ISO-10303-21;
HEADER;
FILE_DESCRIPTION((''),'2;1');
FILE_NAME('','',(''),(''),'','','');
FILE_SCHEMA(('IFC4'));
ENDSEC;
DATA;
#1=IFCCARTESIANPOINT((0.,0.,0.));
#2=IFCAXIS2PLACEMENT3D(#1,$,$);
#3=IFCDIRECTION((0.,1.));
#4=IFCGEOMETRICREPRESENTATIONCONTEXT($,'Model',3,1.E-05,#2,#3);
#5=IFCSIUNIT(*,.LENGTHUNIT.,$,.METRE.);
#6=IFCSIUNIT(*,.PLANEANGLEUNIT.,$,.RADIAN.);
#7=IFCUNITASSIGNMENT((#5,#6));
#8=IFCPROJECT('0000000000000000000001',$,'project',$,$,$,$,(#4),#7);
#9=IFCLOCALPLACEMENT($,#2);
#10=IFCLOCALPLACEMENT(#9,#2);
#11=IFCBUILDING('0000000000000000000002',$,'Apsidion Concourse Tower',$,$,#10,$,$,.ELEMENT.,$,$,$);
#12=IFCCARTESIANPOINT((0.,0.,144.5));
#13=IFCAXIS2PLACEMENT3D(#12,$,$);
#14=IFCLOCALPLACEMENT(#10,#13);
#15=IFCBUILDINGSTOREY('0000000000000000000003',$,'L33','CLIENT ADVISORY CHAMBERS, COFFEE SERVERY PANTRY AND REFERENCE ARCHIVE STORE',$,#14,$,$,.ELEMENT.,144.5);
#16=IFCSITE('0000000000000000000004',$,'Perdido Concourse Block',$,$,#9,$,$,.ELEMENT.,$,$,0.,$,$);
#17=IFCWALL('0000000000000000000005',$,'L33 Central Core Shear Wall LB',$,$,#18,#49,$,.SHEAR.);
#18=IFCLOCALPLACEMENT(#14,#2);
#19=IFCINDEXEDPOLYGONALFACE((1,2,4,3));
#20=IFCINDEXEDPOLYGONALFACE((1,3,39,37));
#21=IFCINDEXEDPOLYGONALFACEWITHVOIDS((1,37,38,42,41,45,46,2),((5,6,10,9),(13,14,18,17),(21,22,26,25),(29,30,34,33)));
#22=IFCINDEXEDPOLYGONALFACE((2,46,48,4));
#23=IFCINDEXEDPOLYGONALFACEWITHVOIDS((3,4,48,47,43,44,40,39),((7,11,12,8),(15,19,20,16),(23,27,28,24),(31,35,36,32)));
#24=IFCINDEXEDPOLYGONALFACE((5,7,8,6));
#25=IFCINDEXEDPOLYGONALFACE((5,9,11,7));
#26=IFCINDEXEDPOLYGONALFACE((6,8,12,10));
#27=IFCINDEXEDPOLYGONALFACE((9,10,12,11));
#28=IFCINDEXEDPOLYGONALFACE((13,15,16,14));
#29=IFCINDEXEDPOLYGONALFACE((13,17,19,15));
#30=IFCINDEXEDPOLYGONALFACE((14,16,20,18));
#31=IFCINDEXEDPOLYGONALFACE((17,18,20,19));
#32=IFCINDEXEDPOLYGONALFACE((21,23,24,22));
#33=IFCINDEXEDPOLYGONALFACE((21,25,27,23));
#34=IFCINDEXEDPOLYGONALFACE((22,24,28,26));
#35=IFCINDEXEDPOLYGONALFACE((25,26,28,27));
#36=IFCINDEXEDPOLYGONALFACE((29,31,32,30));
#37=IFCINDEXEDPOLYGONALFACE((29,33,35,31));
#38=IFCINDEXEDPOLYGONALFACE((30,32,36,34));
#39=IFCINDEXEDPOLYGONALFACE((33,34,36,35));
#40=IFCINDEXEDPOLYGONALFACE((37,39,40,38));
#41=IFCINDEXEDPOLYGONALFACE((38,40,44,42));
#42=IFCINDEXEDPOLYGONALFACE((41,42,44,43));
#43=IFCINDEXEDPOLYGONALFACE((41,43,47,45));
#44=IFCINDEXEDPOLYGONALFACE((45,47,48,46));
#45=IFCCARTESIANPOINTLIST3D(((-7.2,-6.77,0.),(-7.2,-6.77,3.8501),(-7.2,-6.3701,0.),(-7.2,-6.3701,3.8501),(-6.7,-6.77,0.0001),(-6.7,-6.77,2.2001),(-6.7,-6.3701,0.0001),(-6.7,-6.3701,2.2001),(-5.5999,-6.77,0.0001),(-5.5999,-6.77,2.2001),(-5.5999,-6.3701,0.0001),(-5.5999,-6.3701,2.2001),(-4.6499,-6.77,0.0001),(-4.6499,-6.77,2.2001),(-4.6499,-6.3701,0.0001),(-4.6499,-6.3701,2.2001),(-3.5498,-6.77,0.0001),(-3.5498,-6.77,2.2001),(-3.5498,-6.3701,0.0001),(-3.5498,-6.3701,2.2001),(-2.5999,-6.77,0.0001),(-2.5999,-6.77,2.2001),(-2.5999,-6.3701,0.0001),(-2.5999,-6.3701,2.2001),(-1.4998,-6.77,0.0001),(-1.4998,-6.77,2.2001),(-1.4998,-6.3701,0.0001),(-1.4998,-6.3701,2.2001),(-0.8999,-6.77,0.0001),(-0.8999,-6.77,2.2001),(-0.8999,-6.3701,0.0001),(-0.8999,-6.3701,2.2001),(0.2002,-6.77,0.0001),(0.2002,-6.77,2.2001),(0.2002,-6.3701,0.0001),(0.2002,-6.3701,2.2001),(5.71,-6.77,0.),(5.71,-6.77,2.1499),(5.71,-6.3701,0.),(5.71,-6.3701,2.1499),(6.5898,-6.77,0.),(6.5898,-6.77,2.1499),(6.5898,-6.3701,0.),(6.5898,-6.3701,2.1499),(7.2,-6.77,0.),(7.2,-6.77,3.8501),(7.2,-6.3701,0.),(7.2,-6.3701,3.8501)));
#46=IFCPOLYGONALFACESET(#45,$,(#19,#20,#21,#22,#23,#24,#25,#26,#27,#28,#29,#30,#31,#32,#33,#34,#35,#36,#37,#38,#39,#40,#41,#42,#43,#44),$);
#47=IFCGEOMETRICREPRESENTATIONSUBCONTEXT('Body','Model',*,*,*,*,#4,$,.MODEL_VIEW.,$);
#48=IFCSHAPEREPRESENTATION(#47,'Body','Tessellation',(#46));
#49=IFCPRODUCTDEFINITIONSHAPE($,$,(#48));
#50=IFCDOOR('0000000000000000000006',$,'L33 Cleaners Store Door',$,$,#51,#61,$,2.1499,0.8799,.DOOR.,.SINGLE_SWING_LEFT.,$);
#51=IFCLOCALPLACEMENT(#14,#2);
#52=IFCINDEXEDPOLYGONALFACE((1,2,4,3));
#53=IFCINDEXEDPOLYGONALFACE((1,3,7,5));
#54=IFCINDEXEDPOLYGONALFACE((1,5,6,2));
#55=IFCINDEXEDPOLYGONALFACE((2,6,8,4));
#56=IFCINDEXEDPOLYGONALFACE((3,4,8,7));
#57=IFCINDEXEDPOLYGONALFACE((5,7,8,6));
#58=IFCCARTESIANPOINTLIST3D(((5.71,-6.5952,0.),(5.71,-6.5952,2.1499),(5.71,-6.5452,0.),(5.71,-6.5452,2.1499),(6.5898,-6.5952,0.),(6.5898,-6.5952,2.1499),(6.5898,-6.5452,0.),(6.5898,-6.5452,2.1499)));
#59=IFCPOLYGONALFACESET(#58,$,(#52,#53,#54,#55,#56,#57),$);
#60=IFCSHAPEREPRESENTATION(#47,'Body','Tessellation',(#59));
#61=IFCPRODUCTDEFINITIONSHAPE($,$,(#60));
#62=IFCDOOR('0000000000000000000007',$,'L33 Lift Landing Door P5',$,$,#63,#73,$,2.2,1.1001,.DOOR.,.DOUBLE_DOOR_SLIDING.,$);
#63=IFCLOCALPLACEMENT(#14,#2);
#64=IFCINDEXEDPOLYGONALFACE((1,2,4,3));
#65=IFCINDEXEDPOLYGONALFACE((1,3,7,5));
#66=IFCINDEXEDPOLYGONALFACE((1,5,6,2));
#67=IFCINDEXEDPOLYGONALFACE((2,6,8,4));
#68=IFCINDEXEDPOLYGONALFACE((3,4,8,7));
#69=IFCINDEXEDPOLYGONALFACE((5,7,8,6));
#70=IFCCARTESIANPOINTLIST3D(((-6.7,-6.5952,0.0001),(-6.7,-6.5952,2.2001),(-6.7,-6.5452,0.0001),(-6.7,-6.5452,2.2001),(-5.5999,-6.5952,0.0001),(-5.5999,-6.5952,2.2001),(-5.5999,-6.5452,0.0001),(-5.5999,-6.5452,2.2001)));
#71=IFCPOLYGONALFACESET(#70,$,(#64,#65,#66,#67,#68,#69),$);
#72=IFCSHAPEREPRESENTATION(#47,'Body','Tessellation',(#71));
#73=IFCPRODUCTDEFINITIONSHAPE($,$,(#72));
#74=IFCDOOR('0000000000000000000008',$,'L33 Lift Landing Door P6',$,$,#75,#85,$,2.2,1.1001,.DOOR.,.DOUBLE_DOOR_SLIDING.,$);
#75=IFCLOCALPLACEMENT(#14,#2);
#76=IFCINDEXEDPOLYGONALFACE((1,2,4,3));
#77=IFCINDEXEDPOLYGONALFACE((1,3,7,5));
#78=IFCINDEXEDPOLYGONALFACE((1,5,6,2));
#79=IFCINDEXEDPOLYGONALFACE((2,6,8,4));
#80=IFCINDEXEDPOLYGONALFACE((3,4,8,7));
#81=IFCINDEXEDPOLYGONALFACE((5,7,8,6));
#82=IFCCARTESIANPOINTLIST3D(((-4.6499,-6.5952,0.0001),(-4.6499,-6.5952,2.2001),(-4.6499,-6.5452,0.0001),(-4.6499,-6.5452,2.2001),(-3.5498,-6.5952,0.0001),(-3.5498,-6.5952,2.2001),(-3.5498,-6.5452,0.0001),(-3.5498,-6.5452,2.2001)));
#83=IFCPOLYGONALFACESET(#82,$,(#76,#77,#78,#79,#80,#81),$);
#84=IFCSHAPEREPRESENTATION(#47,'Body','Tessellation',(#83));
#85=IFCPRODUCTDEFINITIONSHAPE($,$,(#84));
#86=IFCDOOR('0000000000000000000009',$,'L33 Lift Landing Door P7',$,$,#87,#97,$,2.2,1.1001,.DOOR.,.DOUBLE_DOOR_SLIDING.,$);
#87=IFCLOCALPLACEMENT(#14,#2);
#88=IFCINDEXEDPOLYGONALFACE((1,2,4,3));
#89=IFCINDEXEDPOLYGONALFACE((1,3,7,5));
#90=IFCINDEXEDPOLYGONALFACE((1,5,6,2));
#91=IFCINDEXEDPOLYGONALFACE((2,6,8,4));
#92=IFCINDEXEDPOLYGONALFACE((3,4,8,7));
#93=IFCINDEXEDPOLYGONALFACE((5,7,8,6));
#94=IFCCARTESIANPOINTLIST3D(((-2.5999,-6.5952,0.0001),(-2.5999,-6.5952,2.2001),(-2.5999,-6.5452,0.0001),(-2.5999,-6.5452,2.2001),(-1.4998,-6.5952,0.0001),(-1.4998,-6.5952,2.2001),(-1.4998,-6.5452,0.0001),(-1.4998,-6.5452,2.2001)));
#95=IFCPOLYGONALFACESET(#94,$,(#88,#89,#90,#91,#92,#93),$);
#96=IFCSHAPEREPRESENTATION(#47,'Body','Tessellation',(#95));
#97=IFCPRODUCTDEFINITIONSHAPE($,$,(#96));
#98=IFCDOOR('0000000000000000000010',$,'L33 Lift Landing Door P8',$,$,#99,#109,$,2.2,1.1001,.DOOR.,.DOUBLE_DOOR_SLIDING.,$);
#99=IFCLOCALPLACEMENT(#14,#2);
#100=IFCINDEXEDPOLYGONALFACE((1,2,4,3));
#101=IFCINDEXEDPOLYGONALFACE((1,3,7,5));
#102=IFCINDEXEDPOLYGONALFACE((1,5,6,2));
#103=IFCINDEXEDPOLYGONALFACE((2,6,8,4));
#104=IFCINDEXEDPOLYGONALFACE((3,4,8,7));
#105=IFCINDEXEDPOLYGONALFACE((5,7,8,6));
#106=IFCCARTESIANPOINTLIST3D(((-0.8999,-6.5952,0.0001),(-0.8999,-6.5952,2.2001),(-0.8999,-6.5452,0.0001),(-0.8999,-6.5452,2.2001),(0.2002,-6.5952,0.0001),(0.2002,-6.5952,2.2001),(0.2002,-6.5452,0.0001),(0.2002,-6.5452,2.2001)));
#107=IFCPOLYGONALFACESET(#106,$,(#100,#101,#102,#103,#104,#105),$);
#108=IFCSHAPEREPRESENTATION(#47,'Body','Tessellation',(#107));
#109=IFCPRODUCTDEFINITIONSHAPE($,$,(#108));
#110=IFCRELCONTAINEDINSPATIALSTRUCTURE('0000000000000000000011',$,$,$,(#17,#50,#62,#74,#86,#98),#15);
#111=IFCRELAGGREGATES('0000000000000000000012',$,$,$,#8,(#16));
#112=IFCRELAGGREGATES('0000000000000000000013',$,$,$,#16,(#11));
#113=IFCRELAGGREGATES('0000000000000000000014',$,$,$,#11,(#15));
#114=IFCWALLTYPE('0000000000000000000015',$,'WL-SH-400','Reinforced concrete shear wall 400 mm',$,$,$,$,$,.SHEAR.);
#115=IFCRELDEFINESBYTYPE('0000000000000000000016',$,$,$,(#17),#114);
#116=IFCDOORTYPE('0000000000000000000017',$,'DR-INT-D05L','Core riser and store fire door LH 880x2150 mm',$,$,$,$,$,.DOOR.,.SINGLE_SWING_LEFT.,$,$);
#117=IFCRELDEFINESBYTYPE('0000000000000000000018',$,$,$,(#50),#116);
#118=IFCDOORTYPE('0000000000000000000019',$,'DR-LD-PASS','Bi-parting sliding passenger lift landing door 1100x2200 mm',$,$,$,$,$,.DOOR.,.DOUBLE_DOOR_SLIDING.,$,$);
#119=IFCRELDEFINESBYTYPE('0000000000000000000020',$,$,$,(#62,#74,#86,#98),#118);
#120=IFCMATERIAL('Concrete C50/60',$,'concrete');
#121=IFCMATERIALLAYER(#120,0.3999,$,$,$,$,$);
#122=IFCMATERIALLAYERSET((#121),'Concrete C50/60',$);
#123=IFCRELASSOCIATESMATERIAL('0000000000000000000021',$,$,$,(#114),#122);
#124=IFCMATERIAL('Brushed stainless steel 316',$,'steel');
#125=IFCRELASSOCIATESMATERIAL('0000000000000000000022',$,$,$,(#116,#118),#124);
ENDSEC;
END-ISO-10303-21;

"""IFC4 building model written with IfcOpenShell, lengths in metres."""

from ifc_helpers import new_model, si_unit, direction, frame, frame_2d, origin, place, context, subcontext, project, spatial, rectangle, extrude, material, layer, layer_set, type_object, element, fill, save


model = new_model("IFC4")

# Units and contexts
model_context = context("Model", 3, precision=1e-05, world=origin(), true_north=direction((0.0, 1.0)))
body_context = subcontext(model_context, "Body", "Model", "MODEL_VIEW")
ifc_project = project(units=[si_unit("LENGTHUNIT", "METRE"), si_unit("PLANEANGLEUNIT", "RADIAN")], contexts=[model_context])

# Site, building, storey
site_placement = place(None, origin())
site = spatial("IfcSite", under=ifc_project, at=site_placement, Name="Perdido Concourse Block", CompositionType="ELEMENT", RefElevation=0.0)
building_placement = place(site_placement, origin())
building = spatial("IfcBuilding", under=site, at=building_placement, Name="Apsidion Concourse Tower", CompositionType="ELEMENT")
storey_placement = place(building_placement, frame((0.0, 0.0, 144.5)))
storey = spatial("IfcBuildingStorey", under=building, at=storey_placement, Name="L33", Description="CLIENT ADVISORY CHAMBERS, COFFEE SERVERY PANTRY AND REFERENCE ARCHIVE STORE", CompositionType="ELEMENT", Elevation=144.5)

# Shared definitions
ifc_material_1 = material(Name="Concrete C50/60", Category="concrete")

# Shared definitions
ifc_material_2 = material(Name="Brushed stainless steel 316", Category="steel")

# Shared definitions
ifc_layer_1 = layer(ifc_material_1, 0.3999)
ifc_layer_set_1 = layer_set([ifc_layer_1], Name="Concrete C50/60")
wall_type_1 = type_object("IfcWallType", Name="WL-SH-400", Description="Reinforced concrete shear wall 400 mm", PredefinedType="SHEAR", material=ifc_layer_set_1)

# Wall, openings, doors
wall_1_placement = place(storey_placement, frame((-7.2, -6.5701, 0.0), z_axis=(0.0, 0.0, 1.0), x_axis=(1.0, 0.0, 0.0)))
wall_1 = element("IfcWall", 1, at=wall_1_placement, inside=storey, type_object=wall_type_1, Name="L33 Central Core Shear Wall LB", PredefinedType="SHEAR", context=body_context, shape_type="SweptSolid", body=[
    extrude(rectangle(XDim=14.3999, YDim=0.3999, at=frame_2d((7.2, 0.0))), origin(), (0.0, 0.0, 1.0), 3.8501),
])
opening_1_placement = place(wall_1_placement, frame((0.5, 0.0, 0.0)))
opening_1 = element("IfcOpeningElement", 2, at=opening_1_placement, cuts=wall_1, PredefinedType="OPENING", context=body_context, shape_type="SweptSolid", body=[
    extrude(rectangle(XDim=1.1001, YDim=2.2, at=frame_2d((0.55, 1.1001))), frame((0.0, 0.21, 0.0), z_axis=(0.0, -1.0, 0.0), x_axis=(1.0, 0.0, 0.0)), (0.0, 0.0, 1.0), 0.4199),
])
opening_2_placement = place(wall_1_placement, frame((2.55, 0.0, 0.0)))
opening_2 = element("IfcOpeningElement", 3, at=opening_2_placement, cuts=wall_1, PredefinedType="OPENING", context=body_context, shape_type="SweptSolid", body=[
    extrude(rectangle(XDim=1.1001, YDim=2.2, at=frame_2d((0.55, 1.1001))), frame((0.0, 0.21, 0.0), z_axis=(0.0, -1.0, 0.0), x_axis=(1.0, 0.0, 0.0)), (0.0, 0.0, 1.0), 0.4199),
])
opening_3_placement = place(wall_1_placement, frame((4.6001, 0.0, 0.0)))
opening_3 = element("IfcOpeningElement", 4, at=opening_3_placement, cuts=wall_1, PredefinedType="OPENING", context=body_context, shape_type="SweptSolid", body=[
    extrude(rectangle(XDim=1.1001, YDim=2.2, at=frame_2d((0.55, 1.1001))), frame((0.0, 0.21, 0.0), z_axis=(0.0, -1.0, 0.0), x_axis=(1.0, 0.0, 0.0)), (0.0, 0.0, 1.0), 0.4199),
])
opening_4_placement = place(wall_1_placement, frame((6.3, 0.0, 0.0)))
opening_4 = element("IfcOpeningElement", 5, at=opening_4_placement, cuts=wall_1, PredefinedType="OPENING", context=body_context, shape_type="SweptSolid", body=[
    extrude(rectangle(XDim=1.1001, YDim=2.2, at=frame_2d((0.55, 1.1001))), frame((0.0, 0.21, 0.0), z_axis=(0.0, -1.0, 0.0), x_axis=(1.0, 0.0, 0.0)), (0.0, 0.0, 1.0), 0.4199),
])
opening_5_placement = place(wall_1_placement, frame((12.9099, 0.0, 0.0)))
opening_5 = element("IfcOpeningElement", 6, at=opening_5_placement, cuts=wall_1, PredefinedType="OPENING", context=body_context, shape_type="SweptSolid", body=[
    extrude(rectangle(XDim=0.8799, YDim=2.1499, at=frame_2d((0.4399, 1.075))), frame((0.0, 0.21, 0.0), z_axis=(0.0, -1.0, 0.0), x_axis=(1.0, 0.0, 0.0)), (0.0, 0.0, 1.0), 0.4199),
])
door_type_1 = type_object("IfcDoorType", Name="DR-INT-D05L", Description="Core riser and store fire door LH 880x2150 mm", OperationType="SINGLE_SWING_LEFT", PredefinedType="DOOR", material=ifc_material_2)
door_1_placement = place(opening_5_placement, origin())
door_1 = element("IfcDoor", 7, at=door_1_placement, inside=storey, type_object=door_type_1, Name="L33 Cleaners Store Door", OperationType="SINGLE_SWING_LEFT", OverallHeight=2.1499, OverallWidth=0.8799, PredefinedType="DOOR", context=body_context, shape_type="SweptSolid", body=[
    extrude(rectangle(XDim=0.8799, YDim=2.1499, at=frame_2d((0.4399, 1.075))), frame((0.0, 0.0249, 0.0), z_axis=(0.0, -1.0, 0.0), x_axis=(1.0, 0.0, 0.0)), (0.0, 0.0, 1.0), 0.05),
])
fill(opening_5, door_1)
door_type_2 = type_object("IfcDoorType", Name="DR-LD-PASS", Description="Bi-parting sliding passenger lift landing door 1100x2200 mm", OperationType="DOUBLE_DOOR_SLIDING", PredefinedType="DOOR", material=ifc_material_2)
door_2_placement = place(opening_1_placement, origin())
door_2 = element("IfcDoor", 8, at=door_2_placement, inside=storey, type_object=door_type_2, Name="L33 Lift Landing Door P5", OperationType="DOUBLE_DOOR_SLIDING", OverallHeight=2.2, OverallWidth=1.1001, PredefinedType="DOOR", context=body_context, shape_type="SweptSolid", body=[
    extrude(rectangle(XDim=1.1001, YDim=2.2, at=frame_2d((0.55, 1.1001))), frame((0.0, 0.0249, 0.0), z_axis=(0.0, -1.0, 0.0), x_axis=(1.0, 0.0, 0.0)), (0.0, 0.0, 1.0), 0.05),
])
fill(opening_1, door_2)
door_3_placement = place(opening_2_placement, origin())
door_3 = element("IfcDoor", 9, at=door_3_placement, inside=storey, type_object=door_type_2, Name="L33 Lift Landing Door P6", OperationType="DOUBLE_DOOR_SLIDING", OverallHeight=2.2, OverallWidth=1.1001, PredefinedType="DOOR", context=body_context, shape_type="SweptSolid", body=[
    extrude(rectangle(XDim=1.1001, YDim=2.2, at=frame_2d((0.55, 1.1001))), frame((0.0, 0.0249, 0.0), z_axis=(0.0, -1.0, 0.0), x_axis=(1.0, 0.0, 0.0)), (0.0, 0.0, 1.0), 0.05),
])
fill(opening_2, door_3)
door_4_placement = place(opening_3_placement, origin())
door_4 = element("IfcDoor", 10, at=door_4_placement, inside=storey, type_object=door_type_2, Name="L33 Lift Landing Door P7", OperationType="DOUBLE_DOOR_SLIDING", OverallHeight=2.2, OverallWidth=1.1001, PredefinedType="DOOR", context=body_context, shape_type="SweptSolid", body=[
    extrude(rectangle(XDim=1.1001, YDim=2.2, at=frame_2d((0.55, 1.1001))), frame((0.0, 0.0249, 0.0), z_axis=(0.0, -1.0, 0.0), x_axis=(1.0, 0.0, 0.0)), (0.0, 0.0, 1.0), 0.05),
])
fill(opening_3, door_4)
door_5_placement = place(opening_4_placement, origin())
door_5 = element("IfcDoor", 11, at=door_5_placement, inside=storey, type_object=door_type_2, Name="L33 Lift Landing Door P8", OperationType="DOUBLE_DOOR_SLIDING", OverallHeight=2.2, OverallWidth=1.1001, PredefinedType="DOOR", context=body_context, shape_type="SweptSolid", body=[
    extrude(rectangle(XDim=1.1001, YDim=2.2, at=frame_2d((0.55, 1.1001))), frame((0.0, 0.0249, 0.0), z_axis=(0.0, -1.0, 0.0), x_axis=(1.0, 0.0, 0.0)), (0.0, 0.0, 1.0), 0.05),
])
fill(opening_4, door_5)

save(model, "model.ifc")
